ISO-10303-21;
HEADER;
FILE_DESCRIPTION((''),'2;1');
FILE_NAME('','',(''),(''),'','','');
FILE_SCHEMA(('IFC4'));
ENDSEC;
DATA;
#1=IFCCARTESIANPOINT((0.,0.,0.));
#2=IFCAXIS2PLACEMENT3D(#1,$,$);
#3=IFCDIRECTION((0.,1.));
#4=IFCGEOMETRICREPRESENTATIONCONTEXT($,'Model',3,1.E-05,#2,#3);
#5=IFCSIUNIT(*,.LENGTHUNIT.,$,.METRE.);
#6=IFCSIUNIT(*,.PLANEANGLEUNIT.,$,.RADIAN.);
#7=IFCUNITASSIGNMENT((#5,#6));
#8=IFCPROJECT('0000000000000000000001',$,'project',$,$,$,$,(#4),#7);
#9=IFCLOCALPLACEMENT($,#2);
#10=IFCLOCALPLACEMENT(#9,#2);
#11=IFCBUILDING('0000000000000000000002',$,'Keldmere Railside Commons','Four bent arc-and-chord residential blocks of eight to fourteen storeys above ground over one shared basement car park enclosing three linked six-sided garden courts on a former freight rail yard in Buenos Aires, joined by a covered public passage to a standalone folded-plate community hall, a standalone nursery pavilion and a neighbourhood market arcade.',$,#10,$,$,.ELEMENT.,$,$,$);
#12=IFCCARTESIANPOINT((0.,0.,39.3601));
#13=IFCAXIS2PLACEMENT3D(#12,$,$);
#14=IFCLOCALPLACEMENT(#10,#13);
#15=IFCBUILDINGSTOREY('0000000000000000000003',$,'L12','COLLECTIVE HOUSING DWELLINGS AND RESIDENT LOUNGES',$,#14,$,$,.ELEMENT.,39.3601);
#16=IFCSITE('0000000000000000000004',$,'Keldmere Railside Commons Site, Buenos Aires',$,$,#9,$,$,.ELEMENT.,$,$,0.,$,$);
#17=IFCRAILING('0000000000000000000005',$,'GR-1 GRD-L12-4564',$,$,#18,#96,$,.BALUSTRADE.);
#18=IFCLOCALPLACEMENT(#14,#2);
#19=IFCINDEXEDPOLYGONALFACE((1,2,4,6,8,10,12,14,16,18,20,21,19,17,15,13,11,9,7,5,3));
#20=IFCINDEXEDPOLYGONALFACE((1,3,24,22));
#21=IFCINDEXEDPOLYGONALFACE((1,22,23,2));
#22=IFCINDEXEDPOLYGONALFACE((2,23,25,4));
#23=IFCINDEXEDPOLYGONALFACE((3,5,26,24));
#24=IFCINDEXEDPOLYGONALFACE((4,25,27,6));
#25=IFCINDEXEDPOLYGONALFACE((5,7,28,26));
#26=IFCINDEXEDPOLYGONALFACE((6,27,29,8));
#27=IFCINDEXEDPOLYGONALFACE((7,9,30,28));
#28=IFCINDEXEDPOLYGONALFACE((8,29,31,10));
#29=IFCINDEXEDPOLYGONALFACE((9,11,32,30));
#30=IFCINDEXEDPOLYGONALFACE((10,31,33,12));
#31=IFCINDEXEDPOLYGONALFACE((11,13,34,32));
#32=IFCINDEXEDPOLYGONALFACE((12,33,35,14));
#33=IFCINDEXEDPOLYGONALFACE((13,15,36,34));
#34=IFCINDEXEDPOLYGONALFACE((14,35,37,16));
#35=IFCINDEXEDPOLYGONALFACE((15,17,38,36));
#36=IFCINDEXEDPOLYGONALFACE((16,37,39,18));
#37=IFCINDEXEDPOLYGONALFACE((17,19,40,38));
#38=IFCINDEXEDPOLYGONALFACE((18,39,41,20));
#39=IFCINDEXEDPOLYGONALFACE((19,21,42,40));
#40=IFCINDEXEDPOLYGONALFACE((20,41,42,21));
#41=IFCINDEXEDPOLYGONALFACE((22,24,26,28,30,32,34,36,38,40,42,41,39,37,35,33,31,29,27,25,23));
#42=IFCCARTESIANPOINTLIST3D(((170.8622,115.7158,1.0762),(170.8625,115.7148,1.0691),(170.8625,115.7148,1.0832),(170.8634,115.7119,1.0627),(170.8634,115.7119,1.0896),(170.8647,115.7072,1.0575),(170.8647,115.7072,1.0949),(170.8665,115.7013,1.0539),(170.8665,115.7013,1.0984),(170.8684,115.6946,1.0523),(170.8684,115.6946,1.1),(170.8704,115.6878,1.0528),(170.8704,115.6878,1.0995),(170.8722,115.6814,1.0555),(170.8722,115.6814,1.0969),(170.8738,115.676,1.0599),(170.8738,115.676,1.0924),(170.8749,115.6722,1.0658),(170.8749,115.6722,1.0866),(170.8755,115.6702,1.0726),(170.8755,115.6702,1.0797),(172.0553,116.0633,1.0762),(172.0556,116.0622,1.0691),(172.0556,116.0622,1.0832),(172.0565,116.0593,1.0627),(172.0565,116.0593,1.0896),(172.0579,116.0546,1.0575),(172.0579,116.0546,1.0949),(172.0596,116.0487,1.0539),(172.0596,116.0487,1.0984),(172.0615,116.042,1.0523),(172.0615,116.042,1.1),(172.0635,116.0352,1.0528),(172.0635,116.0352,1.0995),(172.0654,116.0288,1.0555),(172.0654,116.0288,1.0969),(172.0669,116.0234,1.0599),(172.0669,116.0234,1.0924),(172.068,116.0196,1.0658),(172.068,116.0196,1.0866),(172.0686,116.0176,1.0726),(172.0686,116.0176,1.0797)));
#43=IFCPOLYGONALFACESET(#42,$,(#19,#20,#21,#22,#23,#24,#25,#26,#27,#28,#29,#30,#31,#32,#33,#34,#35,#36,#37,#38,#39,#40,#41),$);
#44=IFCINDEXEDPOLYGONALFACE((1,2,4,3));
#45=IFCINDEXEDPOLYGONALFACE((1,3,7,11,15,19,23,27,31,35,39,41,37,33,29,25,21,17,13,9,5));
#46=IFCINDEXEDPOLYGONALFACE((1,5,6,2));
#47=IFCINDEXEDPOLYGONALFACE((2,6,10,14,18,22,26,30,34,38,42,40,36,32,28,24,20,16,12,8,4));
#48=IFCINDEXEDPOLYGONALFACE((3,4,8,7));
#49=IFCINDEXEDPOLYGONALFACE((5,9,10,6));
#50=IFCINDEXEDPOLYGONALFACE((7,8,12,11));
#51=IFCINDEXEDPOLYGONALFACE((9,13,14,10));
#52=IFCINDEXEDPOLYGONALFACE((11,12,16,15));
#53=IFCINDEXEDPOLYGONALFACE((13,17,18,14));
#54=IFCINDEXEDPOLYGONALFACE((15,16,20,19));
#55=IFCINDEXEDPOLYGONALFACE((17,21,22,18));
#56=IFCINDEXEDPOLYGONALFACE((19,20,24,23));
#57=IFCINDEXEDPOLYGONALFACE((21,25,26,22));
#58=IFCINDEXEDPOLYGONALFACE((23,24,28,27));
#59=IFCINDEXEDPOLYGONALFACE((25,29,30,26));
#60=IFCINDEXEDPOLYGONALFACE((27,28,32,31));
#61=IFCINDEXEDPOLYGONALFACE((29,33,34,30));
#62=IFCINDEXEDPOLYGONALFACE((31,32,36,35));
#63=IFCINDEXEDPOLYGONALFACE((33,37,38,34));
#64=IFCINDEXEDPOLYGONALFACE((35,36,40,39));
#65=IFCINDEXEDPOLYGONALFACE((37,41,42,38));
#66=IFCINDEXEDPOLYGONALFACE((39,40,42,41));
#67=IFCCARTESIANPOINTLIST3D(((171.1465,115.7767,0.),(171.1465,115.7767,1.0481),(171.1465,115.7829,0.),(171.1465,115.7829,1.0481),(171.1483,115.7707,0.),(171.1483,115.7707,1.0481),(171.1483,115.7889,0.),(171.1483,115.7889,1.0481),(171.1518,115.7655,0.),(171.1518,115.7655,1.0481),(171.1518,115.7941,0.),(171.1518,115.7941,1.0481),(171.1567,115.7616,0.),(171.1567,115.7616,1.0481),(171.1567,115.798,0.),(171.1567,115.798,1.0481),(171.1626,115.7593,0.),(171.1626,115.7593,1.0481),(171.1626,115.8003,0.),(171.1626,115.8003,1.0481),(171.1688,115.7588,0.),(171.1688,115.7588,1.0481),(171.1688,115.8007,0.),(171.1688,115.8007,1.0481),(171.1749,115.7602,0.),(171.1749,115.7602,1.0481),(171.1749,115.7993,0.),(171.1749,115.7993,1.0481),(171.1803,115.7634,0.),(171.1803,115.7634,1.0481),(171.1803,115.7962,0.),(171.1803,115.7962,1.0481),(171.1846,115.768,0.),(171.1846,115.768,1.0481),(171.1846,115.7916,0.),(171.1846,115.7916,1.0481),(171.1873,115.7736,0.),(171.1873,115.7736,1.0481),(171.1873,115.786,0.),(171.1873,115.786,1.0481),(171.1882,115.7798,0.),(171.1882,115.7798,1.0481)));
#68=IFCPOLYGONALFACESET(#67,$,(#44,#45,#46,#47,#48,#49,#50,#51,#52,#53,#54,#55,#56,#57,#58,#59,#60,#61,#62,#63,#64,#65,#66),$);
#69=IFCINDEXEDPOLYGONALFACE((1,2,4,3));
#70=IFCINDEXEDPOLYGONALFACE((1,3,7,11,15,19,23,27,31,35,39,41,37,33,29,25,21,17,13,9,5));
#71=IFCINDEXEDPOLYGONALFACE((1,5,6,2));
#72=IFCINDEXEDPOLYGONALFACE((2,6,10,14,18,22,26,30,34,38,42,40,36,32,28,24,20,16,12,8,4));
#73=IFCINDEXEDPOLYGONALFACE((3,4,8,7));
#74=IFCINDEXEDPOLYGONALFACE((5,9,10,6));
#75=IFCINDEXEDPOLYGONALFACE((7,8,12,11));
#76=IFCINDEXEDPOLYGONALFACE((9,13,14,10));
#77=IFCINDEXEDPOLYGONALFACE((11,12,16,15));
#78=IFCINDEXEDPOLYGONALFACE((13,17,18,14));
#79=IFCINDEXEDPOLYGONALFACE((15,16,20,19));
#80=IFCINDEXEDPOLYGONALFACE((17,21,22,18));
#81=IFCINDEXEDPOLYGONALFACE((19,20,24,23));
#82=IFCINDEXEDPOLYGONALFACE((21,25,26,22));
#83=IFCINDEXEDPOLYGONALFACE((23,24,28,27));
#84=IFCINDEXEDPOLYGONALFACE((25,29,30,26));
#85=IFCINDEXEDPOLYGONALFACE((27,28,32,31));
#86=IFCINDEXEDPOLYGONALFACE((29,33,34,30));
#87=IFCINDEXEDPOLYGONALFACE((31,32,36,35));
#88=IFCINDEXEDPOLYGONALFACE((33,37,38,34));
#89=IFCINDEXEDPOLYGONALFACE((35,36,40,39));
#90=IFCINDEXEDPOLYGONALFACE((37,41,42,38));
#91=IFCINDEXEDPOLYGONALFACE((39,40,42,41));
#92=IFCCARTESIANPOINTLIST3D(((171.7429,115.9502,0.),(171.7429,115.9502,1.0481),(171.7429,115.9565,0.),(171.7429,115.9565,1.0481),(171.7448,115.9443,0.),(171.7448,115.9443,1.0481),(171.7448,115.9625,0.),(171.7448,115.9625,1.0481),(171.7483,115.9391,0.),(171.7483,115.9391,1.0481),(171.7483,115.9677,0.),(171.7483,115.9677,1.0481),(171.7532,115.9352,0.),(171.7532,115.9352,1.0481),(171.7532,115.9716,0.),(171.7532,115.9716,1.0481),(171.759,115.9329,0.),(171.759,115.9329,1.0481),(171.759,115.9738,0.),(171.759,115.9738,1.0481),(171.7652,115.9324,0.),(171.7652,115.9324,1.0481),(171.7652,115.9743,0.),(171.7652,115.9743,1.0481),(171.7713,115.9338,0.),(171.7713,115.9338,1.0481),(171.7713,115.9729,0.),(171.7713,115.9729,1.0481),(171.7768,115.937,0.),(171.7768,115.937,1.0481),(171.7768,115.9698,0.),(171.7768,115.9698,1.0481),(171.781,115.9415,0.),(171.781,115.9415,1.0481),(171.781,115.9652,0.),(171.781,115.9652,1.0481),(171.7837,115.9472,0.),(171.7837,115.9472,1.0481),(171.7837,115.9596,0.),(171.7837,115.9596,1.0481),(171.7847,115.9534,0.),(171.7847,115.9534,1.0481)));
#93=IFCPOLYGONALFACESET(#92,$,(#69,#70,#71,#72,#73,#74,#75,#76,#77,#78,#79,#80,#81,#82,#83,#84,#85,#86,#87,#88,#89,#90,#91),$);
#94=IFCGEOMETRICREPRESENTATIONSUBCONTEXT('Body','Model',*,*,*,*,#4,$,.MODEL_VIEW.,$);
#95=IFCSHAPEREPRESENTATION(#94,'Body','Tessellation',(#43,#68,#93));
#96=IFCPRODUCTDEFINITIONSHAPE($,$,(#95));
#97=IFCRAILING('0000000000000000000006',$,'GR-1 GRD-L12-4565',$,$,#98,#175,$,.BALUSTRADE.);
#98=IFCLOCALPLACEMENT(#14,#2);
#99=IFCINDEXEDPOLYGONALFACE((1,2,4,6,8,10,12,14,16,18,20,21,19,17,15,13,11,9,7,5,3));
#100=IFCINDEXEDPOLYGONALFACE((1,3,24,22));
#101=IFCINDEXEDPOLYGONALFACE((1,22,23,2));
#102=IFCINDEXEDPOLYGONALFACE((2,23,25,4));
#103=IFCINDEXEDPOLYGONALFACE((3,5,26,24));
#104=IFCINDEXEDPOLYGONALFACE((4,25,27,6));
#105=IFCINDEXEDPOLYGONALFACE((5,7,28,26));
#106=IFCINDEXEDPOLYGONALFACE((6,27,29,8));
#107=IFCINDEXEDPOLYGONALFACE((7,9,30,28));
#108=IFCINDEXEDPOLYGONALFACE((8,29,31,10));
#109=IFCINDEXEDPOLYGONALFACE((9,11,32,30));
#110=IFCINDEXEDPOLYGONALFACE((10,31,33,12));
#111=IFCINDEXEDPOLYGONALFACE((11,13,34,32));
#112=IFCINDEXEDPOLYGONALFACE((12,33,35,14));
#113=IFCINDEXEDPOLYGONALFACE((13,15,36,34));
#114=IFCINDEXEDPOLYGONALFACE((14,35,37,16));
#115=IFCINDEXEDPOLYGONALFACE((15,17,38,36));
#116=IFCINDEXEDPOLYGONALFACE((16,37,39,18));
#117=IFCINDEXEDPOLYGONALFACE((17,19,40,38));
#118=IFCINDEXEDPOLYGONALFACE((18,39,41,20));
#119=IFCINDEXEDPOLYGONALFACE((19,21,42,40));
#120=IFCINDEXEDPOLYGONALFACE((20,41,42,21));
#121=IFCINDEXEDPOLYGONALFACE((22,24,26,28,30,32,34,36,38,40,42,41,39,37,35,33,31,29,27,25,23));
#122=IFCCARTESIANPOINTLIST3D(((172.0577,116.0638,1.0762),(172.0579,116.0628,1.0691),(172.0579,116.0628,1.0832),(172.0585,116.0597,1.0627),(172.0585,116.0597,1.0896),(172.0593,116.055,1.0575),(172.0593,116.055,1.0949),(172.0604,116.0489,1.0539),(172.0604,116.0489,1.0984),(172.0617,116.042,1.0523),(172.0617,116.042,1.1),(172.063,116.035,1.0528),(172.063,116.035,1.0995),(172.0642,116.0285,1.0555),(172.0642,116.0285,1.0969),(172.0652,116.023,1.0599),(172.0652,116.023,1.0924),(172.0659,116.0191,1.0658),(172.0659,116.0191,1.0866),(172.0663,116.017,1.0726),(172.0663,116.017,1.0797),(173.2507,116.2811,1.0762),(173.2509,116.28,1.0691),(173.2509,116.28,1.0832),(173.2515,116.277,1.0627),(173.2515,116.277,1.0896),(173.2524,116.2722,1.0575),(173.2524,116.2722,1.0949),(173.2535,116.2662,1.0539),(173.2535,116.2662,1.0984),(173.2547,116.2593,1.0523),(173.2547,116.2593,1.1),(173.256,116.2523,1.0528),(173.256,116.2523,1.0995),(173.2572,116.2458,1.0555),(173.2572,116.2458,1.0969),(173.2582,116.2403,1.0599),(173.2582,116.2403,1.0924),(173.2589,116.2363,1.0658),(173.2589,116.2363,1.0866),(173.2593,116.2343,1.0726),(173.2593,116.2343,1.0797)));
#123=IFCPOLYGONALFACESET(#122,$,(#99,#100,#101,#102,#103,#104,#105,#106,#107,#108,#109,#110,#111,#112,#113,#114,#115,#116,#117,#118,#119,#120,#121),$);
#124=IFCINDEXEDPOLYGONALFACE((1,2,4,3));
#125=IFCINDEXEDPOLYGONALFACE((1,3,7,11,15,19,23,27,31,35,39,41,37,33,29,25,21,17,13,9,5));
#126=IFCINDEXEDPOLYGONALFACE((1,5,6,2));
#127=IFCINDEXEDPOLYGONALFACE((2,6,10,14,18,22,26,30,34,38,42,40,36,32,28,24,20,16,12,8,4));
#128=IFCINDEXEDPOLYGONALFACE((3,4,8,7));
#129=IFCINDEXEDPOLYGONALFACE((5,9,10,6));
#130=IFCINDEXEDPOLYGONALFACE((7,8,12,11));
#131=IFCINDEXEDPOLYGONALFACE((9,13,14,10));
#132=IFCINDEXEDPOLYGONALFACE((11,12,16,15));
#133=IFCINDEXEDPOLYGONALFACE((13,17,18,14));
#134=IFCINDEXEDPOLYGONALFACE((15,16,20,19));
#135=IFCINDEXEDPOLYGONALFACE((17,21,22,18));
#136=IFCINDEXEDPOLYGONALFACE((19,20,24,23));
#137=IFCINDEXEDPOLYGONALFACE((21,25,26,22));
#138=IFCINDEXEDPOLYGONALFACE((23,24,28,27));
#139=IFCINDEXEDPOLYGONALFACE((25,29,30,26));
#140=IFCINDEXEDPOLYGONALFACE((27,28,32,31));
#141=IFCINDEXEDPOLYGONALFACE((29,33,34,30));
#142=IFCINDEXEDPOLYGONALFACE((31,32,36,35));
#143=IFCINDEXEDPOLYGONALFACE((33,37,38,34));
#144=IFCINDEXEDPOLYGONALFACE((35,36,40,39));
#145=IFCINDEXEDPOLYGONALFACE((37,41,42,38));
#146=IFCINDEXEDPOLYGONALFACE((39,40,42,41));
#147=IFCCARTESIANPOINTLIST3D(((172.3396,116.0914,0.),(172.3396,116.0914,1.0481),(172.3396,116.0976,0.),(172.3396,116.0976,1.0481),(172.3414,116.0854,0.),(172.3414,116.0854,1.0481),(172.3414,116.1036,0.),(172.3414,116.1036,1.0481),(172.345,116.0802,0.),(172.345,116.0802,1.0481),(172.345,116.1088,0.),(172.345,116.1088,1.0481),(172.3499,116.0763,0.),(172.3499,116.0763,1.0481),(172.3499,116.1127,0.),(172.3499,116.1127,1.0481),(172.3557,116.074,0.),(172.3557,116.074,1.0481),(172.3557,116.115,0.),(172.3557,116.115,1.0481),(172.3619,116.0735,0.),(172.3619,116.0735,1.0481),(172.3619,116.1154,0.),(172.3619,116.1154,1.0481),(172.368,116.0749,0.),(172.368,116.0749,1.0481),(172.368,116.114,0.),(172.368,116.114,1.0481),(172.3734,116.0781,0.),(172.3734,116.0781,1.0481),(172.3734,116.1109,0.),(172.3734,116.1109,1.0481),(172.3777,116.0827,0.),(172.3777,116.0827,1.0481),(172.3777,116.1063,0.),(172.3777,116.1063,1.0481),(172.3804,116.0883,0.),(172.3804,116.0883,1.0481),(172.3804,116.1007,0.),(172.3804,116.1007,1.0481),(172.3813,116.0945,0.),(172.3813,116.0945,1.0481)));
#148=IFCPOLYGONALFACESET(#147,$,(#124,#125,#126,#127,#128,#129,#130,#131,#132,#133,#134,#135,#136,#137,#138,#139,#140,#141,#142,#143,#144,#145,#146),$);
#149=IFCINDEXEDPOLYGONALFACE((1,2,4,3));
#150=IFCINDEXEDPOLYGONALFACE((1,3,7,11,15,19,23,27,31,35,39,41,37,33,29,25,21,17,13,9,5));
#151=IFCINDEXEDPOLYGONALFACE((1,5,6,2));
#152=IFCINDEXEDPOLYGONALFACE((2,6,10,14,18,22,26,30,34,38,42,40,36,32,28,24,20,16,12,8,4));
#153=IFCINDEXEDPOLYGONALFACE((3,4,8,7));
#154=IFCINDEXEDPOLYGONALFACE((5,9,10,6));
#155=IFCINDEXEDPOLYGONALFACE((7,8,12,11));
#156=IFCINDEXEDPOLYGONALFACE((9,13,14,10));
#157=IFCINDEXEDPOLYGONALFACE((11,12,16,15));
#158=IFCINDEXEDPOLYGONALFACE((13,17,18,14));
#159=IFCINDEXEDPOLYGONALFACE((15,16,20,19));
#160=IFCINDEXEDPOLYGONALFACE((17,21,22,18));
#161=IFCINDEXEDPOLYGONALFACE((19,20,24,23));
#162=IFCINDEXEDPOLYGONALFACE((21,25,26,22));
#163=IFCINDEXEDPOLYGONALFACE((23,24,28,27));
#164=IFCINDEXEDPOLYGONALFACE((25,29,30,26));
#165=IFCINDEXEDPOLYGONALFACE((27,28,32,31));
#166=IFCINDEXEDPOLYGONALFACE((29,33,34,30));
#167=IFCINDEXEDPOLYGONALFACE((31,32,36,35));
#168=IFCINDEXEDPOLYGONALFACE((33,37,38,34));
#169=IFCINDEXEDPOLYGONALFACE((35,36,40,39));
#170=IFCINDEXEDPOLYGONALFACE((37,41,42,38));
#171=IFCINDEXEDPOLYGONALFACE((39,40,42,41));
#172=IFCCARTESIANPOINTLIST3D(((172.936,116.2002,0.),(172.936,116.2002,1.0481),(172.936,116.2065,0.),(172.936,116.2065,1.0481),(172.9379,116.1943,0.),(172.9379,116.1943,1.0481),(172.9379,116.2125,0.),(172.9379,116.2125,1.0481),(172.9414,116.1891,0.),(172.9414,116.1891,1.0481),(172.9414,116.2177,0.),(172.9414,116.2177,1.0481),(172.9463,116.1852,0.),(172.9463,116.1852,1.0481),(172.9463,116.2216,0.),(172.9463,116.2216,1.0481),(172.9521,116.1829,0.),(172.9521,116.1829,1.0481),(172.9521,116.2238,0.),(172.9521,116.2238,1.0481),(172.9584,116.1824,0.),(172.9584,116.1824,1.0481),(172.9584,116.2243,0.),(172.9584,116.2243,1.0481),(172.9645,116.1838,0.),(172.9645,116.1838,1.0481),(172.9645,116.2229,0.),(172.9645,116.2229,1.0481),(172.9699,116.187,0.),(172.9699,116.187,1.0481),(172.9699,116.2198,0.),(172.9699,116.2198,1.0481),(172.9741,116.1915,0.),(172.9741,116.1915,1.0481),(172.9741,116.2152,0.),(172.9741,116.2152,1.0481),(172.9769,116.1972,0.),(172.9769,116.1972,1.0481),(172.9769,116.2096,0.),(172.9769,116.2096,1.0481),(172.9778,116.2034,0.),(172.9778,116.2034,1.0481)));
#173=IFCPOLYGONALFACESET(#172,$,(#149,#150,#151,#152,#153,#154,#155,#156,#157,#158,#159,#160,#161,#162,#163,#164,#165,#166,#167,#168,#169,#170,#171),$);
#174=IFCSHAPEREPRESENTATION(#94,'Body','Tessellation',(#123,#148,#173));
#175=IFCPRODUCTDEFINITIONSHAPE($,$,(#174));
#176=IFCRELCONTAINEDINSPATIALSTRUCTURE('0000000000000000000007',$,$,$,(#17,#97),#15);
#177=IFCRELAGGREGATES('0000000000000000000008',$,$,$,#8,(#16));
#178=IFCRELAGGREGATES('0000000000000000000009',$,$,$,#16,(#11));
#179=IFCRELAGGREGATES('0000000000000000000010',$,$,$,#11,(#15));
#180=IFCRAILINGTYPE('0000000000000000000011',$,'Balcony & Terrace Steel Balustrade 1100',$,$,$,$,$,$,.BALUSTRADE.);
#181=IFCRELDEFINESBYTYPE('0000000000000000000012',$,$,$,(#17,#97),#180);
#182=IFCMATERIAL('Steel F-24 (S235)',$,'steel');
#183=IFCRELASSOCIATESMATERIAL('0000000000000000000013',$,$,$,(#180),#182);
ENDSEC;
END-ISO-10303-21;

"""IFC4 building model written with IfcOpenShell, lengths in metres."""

from ifc_helpers import new_model, si_unit, direction, frame, origin, origin_2d, place, context, subcontext, project, spatial, circle, extrude, material, type_object, element, save


model = new_model("IFC4")

# Units and contexts
model_context = context("Model", 3, precision=1e-05, world=origin(), true_north=direction((0.0, 1.0)))
body_context = subcontext(model_context, "Body", "Model", "MODEL_VIEW")
ifc_project = project(units=[si_unit("LENGTHUNIT", "METRE"), si_unit("PLANEANGLEUNIT", "RADIAN")], contexts=[model_context])

# Site, building, storey
site_placement = place(None, origin())
site = spatial("IfcSite", under=ifc_project, at=site_placement, Name="Keldmere Railside Commons Site, Buenos Aires", CompositionType="ELEMENT", RefElevation=0.0)
building_placement = place(site_placement, origin())
building = spatial("IfcBuilding", under=site, at=building_placement, Name="Keldmere Railside Commons", Description="Four bent arc-and-chord residential blocks of eight to fourteen storeys above ground over one shared basement car park enclosing three linked six-sided garden courts on a former freight rail yard in Buenos Aires, joined by a covered public passage to a standalone folded-plate community hall, a standalone nursery pavilion and a neighbourhood market arcade.", CompositionType="ELEMENT")
storey_placement = place(building_placement, frame((0.0, 0.0, 39.3601)))
storey = spatial("IfcBuildingStorey", under=building, at=storey_placement, Name="L12", Description="COLLECTIVE HOUSING DWELLINGS AND RESIDENT LOUNGES", CompositionType="ELEMENT", Elevation=39.3601)

# Railings
ifc_material_1 = material(Name="Steel F-24 (S235)", Category="steel")
railing_type = type_object("IfcRailingType", Name="Balcony & Terrace Steel Balustrade 1100", PredefinedType="BALUSTRADE", material=ifc_material_1)
railing_1_placement = place(storey_placement, frame((170.8689, 115.6929, 0.0)))
element("IfcRailing", 1, at=railing_1_placement, inside=storey, type_object=railing_type, Name="GR-1 GRD-L12-4564", PredefinedType="BALUSTRADE", context=body_context, shape_type="SweptSolid", body=[
    extrude(circle(Radius=0.0239, at=origin_2d()), frame((0.0, 0.0, 1.0762), z_axis=(0.960125, 0.27957, 0.0), x_axis=(-0.27957, 0.960125, 0.0)), (0.0, 0.0, 1.0), 1.2427),
    extrude(circle(Radius=0.021, at=origin_2d()), frame((0.2983, 0.0869, 0.0)), (0.0, 0.0, 1.0), 1.0481),
    extrude(circle(Radius=0.021, at=origin_2d()), frame((0.8948, 0.2605, 0.0)), (0.0, 0.0, 1.0), 1.0481),
])
railing_2_placement = place(storey_placement, frame((172.062, 116.0403, 0.0)))
element("IfcRailing", 2, at=railing_2_placement, inside=storey, type_object=railing_type, Name="GR-1 GRD-L12-4565", PredefinedType="BALUSTRADE", context=body_context, shape_type="SweptSolid", body=[
    extrude(circle(Radius=0.0239, at=origin_2d()), frame((0.0, 0.0, 1.0762), z_axis=(0.983818, 0.179169, 0.0), x_axis=(-0.179169, 0.983818, 0.0)), (0.0, 0.0, 1.0), 1.2126),
    extrude(circle(Radius=0.021, at=origin_2d()), frame((0.2983, 0.0542, 0.0)), (0.0, 0.0, 1.0), 1.0481),
    extrude(circle(Radius=0.021, at=origin_2d()), frame((0.8948, 0.1631, 0.0)), (0.0, 0.0, 1.0), 1.0481),
])

save(model, "model.ifc")
